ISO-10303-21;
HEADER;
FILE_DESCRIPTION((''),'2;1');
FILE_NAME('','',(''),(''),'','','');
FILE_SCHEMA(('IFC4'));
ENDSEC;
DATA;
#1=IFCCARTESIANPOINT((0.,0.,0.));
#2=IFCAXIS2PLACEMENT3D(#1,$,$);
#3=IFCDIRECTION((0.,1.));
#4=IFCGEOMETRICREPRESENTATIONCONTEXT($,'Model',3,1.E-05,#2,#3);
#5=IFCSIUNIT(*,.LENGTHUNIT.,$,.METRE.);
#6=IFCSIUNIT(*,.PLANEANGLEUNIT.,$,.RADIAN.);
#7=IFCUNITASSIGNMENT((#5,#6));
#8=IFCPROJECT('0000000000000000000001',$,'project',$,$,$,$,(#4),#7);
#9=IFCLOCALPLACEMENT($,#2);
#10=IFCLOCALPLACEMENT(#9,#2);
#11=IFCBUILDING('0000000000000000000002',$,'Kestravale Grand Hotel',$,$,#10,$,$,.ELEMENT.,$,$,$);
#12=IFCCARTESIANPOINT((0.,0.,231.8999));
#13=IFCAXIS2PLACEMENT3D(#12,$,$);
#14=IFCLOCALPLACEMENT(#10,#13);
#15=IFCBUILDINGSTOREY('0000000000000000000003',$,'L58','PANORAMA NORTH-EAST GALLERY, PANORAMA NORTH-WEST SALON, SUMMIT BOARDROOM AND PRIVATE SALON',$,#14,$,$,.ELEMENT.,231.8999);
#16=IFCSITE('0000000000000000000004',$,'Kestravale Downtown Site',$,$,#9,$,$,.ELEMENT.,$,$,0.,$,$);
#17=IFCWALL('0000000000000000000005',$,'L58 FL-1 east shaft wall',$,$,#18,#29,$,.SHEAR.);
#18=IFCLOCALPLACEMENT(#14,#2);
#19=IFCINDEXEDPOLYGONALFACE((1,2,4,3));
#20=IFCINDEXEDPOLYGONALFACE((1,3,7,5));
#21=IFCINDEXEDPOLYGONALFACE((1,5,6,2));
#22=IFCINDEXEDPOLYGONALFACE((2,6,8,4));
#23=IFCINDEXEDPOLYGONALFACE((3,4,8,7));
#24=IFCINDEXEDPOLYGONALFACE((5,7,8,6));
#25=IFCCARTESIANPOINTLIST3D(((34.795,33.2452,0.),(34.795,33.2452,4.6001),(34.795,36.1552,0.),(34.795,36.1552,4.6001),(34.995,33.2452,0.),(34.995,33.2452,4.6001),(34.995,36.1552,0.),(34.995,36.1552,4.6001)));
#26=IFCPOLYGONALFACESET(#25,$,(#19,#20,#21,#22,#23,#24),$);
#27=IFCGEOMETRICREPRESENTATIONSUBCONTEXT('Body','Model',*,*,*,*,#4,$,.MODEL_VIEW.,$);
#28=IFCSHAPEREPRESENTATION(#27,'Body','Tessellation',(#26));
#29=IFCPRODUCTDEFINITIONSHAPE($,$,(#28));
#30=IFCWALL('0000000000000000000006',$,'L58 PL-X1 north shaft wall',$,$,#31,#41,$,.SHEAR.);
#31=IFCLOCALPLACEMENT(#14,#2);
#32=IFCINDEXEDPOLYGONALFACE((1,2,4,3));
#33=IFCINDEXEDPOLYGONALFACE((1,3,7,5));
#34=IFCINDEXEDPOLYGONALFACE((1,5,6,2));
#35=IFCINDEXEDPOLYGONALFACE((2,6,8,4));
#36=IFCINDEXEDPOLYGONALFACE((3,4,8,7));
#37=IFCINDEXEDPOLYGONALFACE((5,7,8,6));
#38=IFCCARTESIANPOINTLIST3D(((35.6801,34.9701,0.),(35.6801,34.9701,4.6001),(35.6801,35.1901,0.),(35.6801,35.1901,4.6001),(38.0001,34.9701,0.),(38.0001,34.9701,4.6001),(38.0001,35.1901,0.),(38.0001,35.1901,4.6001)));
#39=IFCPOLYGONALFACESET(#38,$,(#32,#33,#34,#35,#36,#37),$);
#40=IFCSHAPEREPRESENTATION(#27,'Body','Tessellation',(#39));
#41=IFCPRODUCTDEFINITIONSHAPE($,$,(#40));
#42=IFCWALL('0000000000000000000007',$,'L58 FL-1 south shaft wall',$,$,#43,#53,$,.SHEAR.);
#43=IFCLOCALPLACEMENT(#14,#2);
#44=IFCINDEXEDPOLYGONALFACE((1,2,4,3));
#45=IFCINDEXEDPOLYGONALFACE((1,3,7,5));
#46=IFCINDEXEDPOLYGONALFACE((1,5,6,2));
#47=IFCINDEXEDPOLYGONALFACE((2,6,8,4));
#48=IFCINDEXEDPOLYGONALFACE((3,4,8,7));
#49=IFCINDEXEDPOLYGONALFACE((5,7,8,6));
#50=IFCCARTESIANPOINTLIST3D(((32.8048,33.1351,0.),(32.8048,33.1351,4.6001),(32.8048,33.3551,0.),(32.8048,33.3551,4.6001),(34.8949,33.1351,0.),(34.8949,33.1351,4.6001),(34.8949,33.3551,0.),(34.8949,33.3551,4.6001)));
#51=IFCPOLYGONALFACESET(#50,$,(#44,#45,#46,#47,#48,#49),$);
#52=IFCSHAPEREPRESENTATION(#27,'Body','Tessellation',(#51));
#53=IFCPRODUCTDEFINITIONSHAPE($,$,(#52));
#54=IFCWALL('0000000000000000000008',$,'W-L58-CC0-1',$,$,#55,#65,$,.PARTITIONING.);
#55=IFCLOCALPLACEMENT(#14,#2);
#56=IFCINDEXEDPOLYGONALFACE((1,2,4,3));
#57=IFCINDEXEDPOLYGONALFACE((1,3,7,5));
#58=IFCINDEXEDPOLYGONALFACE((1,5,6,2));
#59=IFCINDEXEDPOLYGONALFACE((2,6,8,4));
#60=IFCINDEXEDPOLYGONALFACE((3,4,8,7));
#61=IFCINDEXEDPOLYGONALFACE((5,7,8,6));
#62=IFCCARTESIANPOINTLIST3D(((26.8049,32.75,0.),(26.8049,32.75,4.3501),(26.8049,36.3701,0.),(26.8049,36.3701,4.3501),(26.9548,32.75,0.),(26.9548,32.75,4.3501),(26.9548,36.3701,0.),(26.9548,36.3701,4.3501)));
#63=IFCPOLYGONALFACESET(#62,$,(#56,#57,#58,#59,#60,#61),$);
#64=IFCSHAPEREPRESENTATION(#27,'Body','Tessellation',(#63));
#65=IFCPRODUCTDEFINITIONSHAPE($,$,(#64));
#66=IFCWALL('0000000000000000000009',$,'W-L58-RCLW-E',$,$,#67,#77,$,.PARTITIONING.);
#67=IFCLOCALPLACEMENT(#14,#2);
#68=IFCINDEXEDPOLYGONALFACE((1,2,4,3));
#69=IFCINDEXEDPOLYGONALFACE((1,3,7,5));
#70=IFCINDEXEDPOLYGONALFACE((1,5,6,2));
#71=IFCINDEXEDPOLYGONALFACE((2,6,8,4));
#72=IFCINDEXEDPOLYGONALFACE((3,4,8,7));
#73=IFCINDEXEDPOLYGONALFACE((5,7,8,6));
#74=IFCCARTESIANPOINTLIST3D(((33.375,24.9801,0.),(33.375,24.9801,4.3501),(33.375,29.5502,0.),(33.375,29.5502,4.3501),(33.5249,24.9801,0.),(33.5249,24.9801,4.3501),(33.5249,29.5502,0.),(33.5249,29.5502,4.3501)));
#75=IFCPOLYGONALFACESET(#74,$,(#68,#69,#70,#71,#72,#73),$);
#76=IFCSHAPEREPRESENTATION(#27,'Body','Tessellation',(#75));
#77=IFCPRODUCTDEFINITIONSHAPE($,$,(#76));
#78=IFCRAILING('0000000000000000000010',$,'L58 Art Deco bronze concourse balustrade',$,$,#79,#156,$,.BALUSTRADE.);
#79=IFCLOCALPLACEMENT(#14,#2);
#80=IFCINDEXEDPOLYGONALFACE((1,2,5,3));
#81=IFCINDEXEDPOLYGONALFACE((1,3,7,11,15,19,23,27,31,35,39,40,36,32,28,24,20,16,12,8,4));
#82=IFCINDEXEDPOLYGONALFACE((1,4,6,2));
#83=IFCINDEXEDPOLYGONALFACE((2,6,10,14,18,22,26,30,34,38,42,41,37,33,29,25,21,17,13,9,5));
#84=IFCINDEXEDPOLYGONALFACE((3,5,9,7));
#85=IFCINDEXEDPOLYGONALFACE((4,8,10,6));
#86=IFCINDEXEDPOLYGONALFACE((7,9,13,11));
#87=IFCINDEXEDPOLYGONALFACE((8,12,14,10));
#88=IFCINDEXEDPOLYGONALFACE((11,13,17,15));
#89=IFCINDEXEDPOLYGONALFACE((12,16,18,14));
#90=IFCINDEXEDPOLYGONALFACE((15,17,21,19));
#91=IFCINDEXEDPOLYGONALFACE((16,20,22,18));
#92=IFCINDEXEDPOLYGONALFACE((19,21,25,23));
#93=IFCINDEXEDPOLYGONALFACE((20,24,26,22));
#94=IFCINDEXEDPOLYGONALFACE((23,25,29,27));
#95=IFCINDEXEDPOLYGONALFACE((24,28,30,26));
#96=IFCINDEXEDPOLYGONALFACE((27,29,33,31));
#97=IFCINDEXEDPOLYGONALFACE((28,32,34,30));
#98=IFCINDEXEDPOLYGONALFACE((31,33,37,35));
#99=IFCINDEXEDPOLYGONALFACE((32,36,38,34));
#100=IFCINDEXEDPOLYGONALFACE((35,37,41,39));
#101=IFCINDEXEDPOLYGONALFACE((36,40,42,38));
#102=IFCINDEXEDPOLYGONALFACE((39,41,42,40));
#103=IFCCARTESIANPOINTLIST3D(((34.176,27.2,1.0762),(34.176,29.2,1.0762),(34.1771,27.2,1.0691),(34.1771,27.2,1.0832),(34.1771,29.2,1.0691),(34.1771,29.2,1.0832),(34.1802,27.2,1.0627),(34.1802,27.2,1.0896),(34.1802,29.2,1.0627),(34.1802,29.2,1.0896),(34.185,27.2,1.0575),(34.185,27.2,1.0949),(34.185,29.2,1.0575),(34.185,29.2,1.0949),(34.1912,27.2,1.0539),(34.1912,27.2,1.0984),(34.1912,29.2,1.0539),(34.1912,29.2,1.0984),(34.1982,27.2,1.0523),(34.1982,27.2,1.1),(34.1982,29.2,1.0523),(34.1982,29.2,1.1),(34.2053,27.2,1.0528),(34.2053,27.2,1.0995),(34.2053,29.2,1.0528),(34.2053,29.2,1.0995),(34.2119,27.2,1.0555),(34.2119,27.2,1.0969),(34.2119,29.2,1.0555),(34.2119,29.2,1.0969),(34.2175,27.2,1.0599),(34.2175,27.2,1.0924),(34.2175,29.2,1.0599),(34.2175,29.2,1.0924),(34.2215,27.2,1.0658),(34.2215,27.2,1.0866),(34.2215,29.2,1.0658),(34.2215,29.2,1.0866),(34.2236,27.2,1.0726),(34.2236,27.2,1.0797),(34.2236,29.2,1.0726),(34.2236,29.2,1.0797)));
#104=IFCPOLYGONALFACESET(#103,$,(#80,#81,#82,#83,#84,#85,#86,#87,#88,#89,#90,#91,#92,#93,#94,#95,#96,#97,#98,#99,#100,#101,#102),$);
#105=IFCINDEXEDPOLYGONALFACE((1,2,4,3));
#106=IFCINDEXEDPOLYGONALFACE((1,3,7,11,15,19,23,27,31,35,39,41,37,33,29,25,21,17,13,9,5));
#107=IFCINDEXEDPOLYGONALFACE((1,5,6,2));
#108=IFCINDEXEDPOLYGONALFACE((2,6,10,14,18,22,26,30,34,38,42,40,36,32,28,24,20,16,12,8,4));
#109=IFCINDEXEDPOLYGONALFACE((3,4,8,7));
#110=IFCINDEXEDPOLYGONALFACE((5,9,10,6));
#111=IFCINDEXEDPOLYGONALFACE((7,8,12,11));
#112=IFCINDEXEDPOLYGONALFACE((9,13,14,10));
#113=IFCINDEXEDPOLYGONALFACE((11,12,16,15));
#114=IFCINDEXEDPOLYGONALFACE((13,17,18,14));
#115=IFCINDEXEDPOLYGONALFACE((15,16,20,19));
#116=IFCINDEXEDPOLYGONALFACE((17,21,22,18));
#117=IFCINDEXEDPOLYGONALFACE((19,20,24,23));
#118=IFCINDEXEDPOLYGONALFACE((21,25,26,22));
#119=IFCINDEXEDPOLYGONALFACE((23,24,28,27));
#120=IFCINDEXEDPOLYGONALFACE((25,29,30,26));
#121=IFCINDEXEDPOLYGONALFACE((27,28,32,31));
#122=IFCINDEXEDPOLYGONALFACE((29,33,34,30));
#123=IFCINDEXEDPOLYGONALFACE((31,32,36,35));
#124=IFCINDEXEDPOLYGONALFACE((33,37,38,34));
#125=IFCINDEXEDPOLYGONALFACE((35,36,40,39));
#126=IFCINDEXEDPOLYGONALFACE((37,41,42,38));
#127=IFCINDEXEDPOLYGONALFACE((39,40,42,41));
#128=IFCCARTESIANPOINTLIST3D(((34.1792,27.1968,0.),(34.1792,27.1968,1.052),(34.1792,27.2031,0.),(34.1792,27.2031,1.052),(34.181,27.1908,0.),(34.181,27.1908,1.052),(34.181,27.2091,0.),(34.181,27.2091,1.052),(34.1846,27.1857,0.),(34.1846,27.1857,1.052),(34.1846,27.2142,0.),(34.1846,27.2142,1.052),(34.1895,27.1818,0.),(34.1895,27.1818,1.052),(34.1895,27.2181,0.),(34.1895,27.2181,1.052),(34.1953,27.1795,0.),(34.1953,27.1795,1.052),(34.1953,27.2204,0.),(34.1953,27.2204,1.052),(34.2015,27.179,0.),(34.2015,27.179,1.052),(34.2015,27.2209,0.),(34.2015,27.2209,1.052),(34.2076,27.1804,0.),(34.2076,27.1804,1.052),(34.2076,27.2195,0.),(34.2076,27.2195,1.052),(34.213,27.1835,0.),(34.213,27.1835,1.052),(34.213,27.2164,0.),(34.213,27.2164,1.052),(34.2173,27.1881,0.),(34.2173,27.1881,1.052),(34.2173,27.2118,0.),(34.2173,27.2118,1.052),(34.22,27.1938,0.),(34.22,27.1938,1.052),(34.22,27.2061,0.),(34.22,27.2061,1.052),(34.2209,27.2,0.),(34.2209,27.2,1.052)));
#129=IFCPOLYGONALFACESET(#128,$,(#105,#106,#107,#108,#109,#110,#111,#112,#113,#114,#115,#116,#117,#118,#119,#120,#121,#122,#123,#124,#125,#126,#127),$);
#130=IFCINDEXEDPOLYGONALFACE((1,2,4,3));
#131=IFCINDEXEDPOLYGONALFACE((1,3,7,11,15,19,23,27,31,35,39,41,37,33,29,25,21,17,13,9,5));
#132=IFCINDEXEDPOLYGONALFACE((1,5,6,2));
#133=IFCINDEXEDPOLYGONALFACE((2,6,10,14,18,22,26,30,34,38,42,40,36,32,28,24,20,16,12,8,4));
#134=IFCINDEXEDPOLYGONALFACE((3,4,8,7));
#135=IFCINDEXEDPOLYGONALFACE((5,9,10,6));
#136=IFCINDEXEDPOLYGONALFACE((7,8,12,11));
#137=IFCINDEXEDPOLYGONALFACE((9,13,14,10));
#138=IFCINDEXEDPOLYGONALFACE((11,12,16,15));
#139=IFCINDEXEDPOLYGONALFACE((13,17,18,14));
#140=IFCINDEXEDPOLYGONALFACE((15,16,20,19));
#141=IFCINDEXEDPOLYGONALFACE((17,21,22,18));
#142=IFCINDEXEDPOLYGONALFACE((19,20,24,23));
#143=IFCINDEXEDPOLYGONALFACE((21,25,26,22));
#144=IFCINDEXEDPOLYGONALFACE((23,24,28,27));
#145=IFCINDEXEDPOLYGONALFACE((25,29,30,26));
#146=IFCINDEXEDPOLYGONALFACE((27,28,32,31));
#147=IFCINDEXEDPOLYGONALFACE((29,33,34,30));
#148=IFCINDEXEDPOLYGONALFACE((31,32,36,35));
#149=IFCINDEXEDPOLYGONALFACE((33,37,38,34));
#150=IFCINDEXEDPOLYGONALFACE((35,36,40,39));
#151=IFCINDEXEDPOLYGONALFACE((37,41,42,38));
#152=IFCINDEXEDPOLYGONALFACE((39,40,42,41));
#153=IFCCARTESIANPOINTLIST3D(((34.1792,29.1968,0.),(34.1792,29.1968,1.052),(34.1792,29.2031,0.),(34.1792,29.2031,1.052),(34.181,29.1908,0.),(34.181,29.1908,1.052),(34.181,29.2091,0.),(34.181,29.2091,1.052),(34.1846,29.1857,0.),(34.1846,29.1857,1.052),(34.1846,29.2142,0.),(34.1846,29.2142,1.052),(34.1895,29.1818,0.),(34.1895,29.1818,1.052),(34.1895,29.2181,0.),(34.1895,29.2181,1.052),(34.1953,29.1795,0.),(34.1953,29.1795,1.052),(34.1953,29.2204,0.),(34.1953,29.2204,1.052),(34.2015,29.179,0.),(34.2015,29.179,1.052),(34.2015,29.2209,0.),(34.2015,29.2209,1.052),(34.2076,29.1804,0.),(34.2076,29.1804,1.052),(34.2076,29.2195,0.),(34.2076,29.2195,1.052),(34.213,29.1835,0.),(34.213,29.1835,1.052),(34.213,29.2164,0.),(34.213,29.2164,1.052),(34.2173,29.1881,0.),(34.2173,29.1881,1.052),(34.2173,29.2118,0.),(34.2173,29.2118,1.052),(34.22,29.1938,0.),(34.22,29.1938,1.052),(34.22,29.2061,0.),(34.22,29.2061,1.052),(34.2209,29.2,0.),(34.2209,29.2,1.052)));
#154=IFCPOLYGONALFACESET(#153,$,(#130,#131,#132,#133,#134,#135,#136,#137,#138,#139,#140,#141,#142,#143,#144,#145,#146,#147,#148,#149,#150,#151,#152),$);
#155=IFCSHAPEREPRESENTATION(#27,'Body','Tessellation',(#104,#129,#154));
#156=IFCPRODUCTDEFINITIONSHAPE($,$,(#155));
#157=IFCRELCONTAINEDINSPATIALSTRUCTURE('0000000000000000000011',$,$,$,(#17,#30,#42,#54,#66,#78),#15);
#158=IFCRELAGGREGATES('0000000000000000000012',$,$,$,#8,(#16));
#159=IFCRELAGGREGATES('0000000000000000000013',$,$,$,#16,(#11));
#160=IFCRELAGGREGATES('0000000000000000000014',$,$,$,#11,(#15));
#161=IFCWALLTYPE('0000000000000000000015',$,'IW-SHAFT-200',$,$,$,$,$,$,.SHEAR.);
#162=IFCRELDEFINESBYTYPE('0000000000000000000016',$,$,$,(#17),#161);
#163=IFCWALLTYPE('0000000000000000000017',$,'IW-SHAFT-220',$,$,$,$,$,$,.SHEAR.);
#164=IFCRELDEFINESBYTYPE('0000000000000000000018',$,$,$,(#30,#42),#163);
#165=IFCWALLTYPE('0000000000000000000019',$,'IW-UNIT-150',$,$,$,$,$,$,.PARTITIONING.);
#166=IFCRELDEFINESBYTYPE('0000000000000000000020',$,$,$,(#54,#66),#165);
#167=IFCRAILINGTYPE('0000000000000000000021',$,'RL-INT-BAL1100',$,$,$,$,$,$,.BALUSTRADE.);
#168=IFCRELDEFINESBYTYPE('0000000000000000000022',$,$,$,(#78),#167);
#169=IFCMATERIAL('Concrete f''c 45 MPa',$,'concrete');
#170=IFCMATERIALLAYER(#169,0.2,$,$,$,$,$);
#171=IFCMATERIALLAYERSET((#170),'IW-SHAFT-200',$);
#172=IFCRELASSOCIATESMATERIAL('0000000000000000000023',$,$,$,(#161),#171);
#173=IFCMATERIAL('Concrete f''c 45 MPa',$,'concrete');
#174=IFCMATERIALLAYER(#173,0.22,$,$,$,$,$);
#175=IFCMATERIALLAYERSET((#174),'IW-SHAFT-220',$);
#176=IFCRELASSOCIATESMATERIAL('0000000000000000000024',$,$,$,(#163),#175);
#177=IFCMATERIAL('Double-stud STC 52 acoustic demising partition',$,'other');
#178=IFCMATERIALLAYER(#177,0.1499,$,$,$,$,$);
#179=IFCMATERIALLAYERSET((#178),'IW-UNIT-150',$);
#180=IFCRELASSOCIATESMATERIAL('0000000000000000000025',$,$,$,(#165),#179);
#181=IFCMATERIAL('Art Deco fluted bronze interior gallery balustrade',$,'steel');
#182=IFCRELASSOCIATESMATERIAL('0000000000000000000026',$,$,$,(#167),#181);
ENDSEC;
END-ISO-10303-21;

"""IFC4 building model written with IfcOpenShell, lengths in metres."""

from ifc_helpers import new_model, si_unit, direction, frame, frame_2d, origin, origin_2d, place, context, subcontext, project, spatial, rectangle, circle, extrude, material, layer, layer_set, type_object, element, save


model = new_model("IFC4")

# Units and contexts
model_context = context("Model", 3, precision=1e-05, world=origin(), true_north=direction((0.0, 1.0)))
body_context = subcontext(model_context, "Body", "Model", "MODEL_VIEW")
ifc_project = project(units=[si_unit("LENGTHUNIT", "METRE"), si_unit("PLANEANGLEUNIT", "RADIAN")], contexts=[model_context])

# Site, building, storey
site_placement = place(None, origin())
site = spatial("IfcSite", under=ifc_project, at=site_placement, Name="Kestravale Downtown Site", CompositionType="ELEMENT", RefElevation=0.0)
building_placement = place(site_placement, origin())
building = spatial("IfcBuilding", under=site, at=building_placement, Name="Kestravale Grand Hotel", CompositionType="ELEMENT")
storey_placement = place(building_placement, frame((0.0, 0.0, 231.8999)))
storey = spatial("IfcBuildingStorey", under=building, at=storey_placement, Name="L58", Description="PANORAMA NORTH-EAST GALLERY, PANORAMA NORTH-WEST SALON, SUMMIT BOARDROOM AND PRIVATE SALON", CompositionType="ELEMENT", Elevation=231.8999)

# Walls
ifc_material_1 = material(Name="Concrete f'c 45 MPa", Category="concrete")
ifc_layer_1 = layer(ifc_material_1, 0.2)
ifc_layer_set_1 = layer_set([ifc_layer_1], Name="IW-SHAFT-200")
wall_type_1 = type_object("IfcWallType", Name="IW-SHAFT-200", PredefinedType="SHEAR", material=ifc_layer_set_1)
for number, where, z_axis, x_axis, name in (
    (1, (34.895, 33.2451, 0.0), (0.0, 0.0, 1.0), (0.0, 1.0, 0.0), "L58 FL-1 east shaft wall"),
):
    element("IfcWall", number, at=place(storey_placement, frame(where, z_axis=z_axis, x_axis=x_axis)), inside=storey, type_object=wall_type_1, Name=name, PredefinedType="SHEAR", context=body_context, shape_type="SweptSolid", body=[
        extrude(rectangle(XDim=2.9099, YDim=0.2, at=frame_2d((1.4551, 0.0))), origin(), (0.0, 0.0, 1.0), 4.6001),
    ])
ifc_material_2 = material(Name="Concrete f'c 45 MPa", Category="concrete")
ifc_layer_2 = layer(ifc_material_2, 0.22)
ifc_layer_set_2 = layer_set([ifc_layer_2], Name="IW-SHAFT-220")
wall_type_2 = type_object("IfcWallType", Name="IW-SHAFT-220", PredefinedType="SHEAR", material=ifc_layer_set_2)
wall_1_placement = place(storey_placement, frame((35.6799, 35.0801, 0.0), z_axis=(0.0, 0.0, 1.0), x_axis=(1.0, 0.0, 0.0)))
element("IfcWall", 2, at=wall_1_placement, inside=storey, type_object=wall_type_2, Name="L58 PL-X1 north shaft wall", PredefinedType="SHEAR", context=body_context, shape_type="SweptSolid", body=[
    extrude(rectangle(XDim=2.3201, YDim=0.22, at=frame_2d((1.1602, 0.0))), origin(), (0.0, 0.0, 1.0), 4.6001),
])

# Walls
wall_2_placement = place(storey_placement, frame((32.8049, 33.2451, 0.0), z_axis=(0.0, 0.0, 1.0), x_axis=(1.0, 0.0, 0.0)))
element("IfcWall", 3, at=wall_2_placement, inside=storey, type_object=wall_type_2, Name="L58 FL-1 south shaft wall", PredefinedType="SHEAR", context=body_context, shape_type="SweptSolid", body=[
    extrude(rectangle(XDim=2.0901, YDim=0.22, at=frame_2d((1.0449, 0.0))), origin(), (0.0, 0.0, 1.0), 4.6001),
])
ifc_material_3 = material(Name="Double-stud STC 52 acoustic demising partition", Category="other")
ifc_layer_3 = layer(ifc_material_3, 0.1499)
ifc_layer_set_3 = layer_set([ifc_layer_3], Name="IW-UNIT-150")
wall_type_3 = type_object("IfcWallType", Name="IW-UNIT-150", PredefinedType="PARTITIONING", material=ifc_layer_set_3)
wall_3_placement = place(storey_placement, frame((26.8799, 32.75, 0.0), z_axis=(0.0, 0.0, 1.0), x_axis=(0.0, 1.0, 0.0)))
element("IfcWall", 4, at=wall_3_placement, inside=storey, type_object=wall_type_3, Name="W-L58-CC0-1", PredefinedType="PARTITIONING", context=body_context, shape_type="SweptSolid", body=[
    extrude(rectangle(XDim=3.6201, YDim=0.1499, at=frame_2d((1.8101, 0.0))), origin(), (0.0, 0.0, 1.0), 4.3501),
])
wall_4_placement = place(storey_placement, frame((33.45, 24.98, 0.0), z_axis=(0.0, 0.0, 1.0), x_axis=(0.0, 1.0, 0.0)))
element("IfcWall", 5, at=wall_4_placement, inside=storey, type_object=wall_type_3, Name="W-L58-RCLW-E", PredefinedType="PARTITIONING", context=body_context, shape_type="SweptSolid", body=[
    extrude(rectangle(XDim=4.5701, YDim=0.1499, at=frame_2d((2.2852, 0.0))), origin(), (0.0, 0.0, 1.0), 4.3501),
])

# Railing
ifc_material_4 = material(Name="Art Deco fluted bronze interior gallery balustrade", Category="steel")
railing_type = type_object("IfcRailingType", Name="RL-INT-BAL1100", PredefinedType="BALUSTRADE", material=ifc_material_4)
railing_placement = place(storey_placement, frame((34.2, 27.2, 0.0)))
element("IfcRailing", 6, at=railing_placement, inside=storey, type_object=railing_type, Name="L58 Art Deco bronze concourse balustrade", PredefinedType="BALUSTRADE", context=body_context, shape_type="SweptSolid", body=[
    extrude(circle(Radius=0.0239, at=origin_2d()), frame((0.0, 0.0, 1.0762), z_axis=(0.0, 1.0, 0.0), x_axis=(-1.0, 0.0, 0.0)), (0.0, 0.0, 1.0), 2.0),
    extrude(circle(Radius=0.021, at=origin_2d()), origin(), (0.0, 0.0, 1.0), 1.052),
    extrude(circle(Radius=0.021, at=origin_2d()), frame((0.0, 2.0, 0.0)), (0.0, 0.0, 1.0), 1.052),
])

save(model, "model.ifc")
